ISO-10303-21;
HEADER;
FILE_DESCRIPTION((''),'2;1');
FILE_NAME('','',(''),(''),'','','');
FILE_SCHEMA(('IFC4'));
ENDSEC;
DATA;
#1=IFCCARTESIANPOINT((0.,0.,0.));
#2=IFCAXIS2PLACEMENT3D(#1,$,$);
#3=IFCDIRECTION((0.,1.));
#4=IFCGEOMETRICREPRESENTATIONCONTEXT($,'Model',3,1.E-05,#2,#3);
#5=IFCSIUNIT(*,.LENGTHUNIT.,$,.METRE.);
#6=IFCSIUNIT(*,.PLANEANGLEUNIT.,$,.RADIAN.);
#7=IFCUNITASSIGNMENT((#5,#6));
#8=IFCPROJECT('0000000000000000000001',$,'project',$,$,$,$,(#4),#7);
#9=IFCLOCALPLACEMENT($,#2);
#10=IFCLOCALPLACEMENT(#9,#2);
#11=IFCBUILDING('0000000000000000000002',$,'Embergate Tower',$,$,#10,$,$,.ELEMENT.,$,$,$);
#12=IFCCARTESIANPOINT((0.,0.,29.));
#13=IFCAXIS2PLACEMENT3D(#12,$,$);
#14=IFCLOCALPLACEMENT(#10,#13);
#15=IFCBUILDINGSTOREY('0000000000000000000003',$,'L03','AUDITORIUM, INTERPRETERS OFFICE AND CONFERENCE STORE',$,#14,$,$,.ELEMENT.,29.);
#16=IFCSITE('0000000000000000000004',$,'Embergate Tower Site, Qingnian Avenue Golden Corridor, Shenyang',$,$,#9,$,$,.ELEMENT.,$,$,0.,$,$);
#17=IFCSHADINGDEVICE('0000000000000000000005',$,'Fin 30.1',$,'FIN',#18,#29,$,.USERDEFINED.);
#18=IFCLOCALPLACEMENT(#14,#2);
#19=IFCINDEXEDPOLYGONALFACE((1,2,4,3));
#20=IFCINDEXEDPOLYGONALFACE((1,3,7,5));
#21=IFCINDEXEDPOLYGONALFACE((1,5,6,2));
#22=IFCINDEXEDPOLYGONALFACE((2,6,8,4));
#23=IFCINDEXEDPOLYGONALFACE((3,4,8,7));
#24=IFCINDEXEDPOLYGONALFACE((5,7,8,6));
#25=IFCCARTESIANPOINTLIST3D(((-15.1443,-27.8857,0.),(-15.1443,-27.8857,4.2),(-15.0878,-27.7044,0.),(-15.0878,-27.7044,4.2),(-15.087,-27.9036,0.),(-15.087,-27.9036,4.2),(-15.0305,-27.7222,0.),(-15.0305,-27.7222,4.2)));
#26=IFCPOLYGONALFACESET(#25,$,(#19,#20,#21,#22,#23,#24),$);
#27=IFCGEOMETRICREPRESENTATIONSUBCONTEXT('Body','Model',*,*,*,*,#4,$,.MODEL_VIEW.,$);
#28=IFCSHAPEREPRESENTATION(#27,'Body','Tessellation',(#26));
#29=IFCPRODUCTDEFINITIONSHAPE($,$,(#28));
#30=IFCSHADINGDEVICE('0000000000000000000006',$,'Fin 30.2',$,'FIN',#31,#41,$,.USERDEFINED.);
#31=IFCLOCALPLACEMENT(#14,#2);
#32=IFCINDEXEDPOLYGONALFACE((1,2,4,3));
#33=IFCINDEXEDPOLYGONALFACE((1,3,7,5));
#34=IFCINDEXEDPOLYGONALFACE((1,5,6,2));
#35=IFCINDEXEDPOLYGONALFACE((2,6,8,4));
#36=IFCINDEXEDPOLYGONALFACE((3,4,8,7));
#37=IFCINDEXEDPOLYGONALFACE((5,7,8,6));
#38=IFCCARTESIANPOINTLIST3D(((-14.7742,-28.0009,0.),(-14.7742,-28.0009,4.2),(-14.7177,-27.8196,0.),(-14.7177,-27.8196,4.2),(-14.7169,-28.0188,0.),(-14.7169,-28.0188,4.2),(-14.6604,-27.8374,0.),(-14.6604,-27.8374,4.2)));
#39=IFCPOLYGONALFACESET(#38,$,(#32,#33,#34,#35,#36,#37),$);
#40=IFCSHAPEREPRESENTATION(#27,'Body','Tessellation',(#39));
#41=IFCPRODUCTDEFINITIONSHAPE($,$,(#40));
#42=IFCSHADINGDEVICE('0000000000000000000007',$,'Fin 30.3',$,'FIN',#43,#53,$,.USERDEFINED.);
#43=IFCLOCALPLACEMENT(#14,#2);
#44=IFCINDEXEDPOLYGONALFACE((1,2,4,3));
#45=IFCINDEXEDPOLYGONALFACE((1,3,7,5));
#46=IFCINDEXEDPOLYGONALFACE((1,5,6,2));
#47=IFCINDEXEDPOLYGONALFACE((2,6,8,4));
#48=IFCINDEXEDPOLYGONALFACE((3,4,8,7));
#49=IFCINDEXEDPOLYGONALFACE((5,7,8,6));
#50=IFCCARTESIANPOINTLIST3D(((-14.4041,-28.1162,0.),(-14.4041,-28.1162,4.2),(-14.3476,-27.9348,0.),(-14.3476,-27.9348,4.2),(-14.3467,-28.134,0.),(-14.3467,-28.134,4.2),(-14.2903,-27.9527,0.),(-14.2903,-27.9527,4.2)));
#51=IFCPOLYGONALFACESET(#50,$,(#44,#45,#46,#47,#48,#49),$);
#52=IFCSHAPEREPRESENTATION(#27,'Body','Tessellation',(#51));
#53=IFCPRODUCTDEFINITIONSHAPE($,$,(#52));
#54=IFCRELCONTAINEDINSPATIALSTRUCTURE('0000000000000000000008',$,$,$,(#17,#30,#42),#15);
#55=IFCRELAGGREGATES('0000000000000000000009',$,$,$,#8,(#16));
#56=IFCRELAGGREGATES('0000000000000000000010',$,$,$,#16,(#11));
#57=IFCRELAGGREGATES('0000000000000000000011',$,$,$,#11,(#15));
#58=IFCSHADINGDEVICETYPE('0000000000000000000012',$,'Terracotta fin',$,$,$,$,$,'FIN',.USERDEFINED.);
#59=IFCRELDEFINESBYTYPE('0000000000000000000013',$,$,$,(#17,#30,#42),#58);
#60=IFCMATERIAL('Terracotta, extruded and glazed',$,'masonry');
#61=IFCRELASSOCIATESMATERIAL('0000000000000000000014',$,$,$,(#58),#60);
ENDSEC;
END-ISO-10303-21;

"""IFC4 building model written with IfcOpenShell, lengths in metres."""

from ifc_helpers import new_model, si_unit, direction, frame, origin, origin_2d, place, context, subcontext, project, spatial, rectangle, extrude, source, transform, mapped, material, material_profile, profile_set, type_object, element, save


model = new_model("IFC4")

# Units and contexts
model_context = context("Model", 3, precision=1e-05, world=origin(), true_north=direction((0.0, 1.0)))
body_context = subcontext(model_context, "Body", "Model", "MODEL_VIEW")
ifc_project = project(units=[si_unit("LENGTHUNIT", "METRE"), si_unit("PLANEANGLEUNIT", "RADIAN")], contexts=[model_context])

# Site, building, storey
site_placement = place(None, origin())
site = spatial("IfcSite", under=ifc_project, at=site_placement, Name="Embergate Tower Site, Qingnian Avenue Golden Corridor, Shenyang", CompositionType="ELEMENT", RefElevation=0.0)
building_placement = place(site_placement, origin())
building = spatial("IfcBuilding", under=site, at=building_placement, Name="Embergate Tower", CompositionType="ELEMENT")
storey_placement = place(building_placement, frame((0.0, 0.0, 29.0)))
storey = spatial("IfcBuildingStorey", under=building, at=storey_placement, Name="L03", Description="AUDITORIUM, INTERPRETERS OFFICE AND CONFERENCE STORE", CompositionType="ELEMENT", Elevation=29.0)

# Shading devices
ifc_material_1 = material(Name="Terracotta, extruded and glazed", Category="masonry")
ifc_material_profile_1 = material_profile(ifc_material_1, rectangle(XDim=0.1899, YDim=0.0601, at=origin_2d()), Name="TC 190x60")
ifc_profile_set_1 = profile_set([ifc_material_profile_1], Name="Terracotta, extruded and glazed")
shading_device_type = type_object("IfcShadingDeviceType", Name="Terracotta fin", ElementType="FIN", PredefinedType="USERDEFINED", material=ifc_profile_set_1)
shared_shape_1 = source(origin(), body_context, "Body", "SweptSolid", [
    extrude(rectangle(XDim=0.1899, YDim=0.0601, at=origin_2d()), origin(), (0.0, 0.0, 1.0), 4.2),
])
for number, where, z_axis, x_axis, name in (
    (1, (-15.0874, -27.804, 0.0), (0.0, 0.0, 1.0), (0.297347, 0.95477, 0.0), "Fin 30.1"),
    (2, (-14.7173, -27.9192, 0.0), (0.0, 0.0, 1.0), (0.297347, 0.95477, 0.0), "Fin 30.2"),
    (3, (-14.3472, -28.0344, 0.0), (0.0, 0.0, 1.0), (0.297347, 0.95477, 0.0), "Fin 30.3"),
):
    element("IfcShadingDevice", number, at=place(storey_placement, frame(where, z_axis=z_axis, x_axis=x_axis)), inside=storey, type_object=shading_device_type, Name=name, ObjectType="FIN", PredefinedType="USERDEFINED", context=body_context, shape_type="MappedRepresentation", body=[
        mapped(shared_shape_1, transform((0.0, 0.0, 0.0))),
    ])

save(model, "model.ifc")
